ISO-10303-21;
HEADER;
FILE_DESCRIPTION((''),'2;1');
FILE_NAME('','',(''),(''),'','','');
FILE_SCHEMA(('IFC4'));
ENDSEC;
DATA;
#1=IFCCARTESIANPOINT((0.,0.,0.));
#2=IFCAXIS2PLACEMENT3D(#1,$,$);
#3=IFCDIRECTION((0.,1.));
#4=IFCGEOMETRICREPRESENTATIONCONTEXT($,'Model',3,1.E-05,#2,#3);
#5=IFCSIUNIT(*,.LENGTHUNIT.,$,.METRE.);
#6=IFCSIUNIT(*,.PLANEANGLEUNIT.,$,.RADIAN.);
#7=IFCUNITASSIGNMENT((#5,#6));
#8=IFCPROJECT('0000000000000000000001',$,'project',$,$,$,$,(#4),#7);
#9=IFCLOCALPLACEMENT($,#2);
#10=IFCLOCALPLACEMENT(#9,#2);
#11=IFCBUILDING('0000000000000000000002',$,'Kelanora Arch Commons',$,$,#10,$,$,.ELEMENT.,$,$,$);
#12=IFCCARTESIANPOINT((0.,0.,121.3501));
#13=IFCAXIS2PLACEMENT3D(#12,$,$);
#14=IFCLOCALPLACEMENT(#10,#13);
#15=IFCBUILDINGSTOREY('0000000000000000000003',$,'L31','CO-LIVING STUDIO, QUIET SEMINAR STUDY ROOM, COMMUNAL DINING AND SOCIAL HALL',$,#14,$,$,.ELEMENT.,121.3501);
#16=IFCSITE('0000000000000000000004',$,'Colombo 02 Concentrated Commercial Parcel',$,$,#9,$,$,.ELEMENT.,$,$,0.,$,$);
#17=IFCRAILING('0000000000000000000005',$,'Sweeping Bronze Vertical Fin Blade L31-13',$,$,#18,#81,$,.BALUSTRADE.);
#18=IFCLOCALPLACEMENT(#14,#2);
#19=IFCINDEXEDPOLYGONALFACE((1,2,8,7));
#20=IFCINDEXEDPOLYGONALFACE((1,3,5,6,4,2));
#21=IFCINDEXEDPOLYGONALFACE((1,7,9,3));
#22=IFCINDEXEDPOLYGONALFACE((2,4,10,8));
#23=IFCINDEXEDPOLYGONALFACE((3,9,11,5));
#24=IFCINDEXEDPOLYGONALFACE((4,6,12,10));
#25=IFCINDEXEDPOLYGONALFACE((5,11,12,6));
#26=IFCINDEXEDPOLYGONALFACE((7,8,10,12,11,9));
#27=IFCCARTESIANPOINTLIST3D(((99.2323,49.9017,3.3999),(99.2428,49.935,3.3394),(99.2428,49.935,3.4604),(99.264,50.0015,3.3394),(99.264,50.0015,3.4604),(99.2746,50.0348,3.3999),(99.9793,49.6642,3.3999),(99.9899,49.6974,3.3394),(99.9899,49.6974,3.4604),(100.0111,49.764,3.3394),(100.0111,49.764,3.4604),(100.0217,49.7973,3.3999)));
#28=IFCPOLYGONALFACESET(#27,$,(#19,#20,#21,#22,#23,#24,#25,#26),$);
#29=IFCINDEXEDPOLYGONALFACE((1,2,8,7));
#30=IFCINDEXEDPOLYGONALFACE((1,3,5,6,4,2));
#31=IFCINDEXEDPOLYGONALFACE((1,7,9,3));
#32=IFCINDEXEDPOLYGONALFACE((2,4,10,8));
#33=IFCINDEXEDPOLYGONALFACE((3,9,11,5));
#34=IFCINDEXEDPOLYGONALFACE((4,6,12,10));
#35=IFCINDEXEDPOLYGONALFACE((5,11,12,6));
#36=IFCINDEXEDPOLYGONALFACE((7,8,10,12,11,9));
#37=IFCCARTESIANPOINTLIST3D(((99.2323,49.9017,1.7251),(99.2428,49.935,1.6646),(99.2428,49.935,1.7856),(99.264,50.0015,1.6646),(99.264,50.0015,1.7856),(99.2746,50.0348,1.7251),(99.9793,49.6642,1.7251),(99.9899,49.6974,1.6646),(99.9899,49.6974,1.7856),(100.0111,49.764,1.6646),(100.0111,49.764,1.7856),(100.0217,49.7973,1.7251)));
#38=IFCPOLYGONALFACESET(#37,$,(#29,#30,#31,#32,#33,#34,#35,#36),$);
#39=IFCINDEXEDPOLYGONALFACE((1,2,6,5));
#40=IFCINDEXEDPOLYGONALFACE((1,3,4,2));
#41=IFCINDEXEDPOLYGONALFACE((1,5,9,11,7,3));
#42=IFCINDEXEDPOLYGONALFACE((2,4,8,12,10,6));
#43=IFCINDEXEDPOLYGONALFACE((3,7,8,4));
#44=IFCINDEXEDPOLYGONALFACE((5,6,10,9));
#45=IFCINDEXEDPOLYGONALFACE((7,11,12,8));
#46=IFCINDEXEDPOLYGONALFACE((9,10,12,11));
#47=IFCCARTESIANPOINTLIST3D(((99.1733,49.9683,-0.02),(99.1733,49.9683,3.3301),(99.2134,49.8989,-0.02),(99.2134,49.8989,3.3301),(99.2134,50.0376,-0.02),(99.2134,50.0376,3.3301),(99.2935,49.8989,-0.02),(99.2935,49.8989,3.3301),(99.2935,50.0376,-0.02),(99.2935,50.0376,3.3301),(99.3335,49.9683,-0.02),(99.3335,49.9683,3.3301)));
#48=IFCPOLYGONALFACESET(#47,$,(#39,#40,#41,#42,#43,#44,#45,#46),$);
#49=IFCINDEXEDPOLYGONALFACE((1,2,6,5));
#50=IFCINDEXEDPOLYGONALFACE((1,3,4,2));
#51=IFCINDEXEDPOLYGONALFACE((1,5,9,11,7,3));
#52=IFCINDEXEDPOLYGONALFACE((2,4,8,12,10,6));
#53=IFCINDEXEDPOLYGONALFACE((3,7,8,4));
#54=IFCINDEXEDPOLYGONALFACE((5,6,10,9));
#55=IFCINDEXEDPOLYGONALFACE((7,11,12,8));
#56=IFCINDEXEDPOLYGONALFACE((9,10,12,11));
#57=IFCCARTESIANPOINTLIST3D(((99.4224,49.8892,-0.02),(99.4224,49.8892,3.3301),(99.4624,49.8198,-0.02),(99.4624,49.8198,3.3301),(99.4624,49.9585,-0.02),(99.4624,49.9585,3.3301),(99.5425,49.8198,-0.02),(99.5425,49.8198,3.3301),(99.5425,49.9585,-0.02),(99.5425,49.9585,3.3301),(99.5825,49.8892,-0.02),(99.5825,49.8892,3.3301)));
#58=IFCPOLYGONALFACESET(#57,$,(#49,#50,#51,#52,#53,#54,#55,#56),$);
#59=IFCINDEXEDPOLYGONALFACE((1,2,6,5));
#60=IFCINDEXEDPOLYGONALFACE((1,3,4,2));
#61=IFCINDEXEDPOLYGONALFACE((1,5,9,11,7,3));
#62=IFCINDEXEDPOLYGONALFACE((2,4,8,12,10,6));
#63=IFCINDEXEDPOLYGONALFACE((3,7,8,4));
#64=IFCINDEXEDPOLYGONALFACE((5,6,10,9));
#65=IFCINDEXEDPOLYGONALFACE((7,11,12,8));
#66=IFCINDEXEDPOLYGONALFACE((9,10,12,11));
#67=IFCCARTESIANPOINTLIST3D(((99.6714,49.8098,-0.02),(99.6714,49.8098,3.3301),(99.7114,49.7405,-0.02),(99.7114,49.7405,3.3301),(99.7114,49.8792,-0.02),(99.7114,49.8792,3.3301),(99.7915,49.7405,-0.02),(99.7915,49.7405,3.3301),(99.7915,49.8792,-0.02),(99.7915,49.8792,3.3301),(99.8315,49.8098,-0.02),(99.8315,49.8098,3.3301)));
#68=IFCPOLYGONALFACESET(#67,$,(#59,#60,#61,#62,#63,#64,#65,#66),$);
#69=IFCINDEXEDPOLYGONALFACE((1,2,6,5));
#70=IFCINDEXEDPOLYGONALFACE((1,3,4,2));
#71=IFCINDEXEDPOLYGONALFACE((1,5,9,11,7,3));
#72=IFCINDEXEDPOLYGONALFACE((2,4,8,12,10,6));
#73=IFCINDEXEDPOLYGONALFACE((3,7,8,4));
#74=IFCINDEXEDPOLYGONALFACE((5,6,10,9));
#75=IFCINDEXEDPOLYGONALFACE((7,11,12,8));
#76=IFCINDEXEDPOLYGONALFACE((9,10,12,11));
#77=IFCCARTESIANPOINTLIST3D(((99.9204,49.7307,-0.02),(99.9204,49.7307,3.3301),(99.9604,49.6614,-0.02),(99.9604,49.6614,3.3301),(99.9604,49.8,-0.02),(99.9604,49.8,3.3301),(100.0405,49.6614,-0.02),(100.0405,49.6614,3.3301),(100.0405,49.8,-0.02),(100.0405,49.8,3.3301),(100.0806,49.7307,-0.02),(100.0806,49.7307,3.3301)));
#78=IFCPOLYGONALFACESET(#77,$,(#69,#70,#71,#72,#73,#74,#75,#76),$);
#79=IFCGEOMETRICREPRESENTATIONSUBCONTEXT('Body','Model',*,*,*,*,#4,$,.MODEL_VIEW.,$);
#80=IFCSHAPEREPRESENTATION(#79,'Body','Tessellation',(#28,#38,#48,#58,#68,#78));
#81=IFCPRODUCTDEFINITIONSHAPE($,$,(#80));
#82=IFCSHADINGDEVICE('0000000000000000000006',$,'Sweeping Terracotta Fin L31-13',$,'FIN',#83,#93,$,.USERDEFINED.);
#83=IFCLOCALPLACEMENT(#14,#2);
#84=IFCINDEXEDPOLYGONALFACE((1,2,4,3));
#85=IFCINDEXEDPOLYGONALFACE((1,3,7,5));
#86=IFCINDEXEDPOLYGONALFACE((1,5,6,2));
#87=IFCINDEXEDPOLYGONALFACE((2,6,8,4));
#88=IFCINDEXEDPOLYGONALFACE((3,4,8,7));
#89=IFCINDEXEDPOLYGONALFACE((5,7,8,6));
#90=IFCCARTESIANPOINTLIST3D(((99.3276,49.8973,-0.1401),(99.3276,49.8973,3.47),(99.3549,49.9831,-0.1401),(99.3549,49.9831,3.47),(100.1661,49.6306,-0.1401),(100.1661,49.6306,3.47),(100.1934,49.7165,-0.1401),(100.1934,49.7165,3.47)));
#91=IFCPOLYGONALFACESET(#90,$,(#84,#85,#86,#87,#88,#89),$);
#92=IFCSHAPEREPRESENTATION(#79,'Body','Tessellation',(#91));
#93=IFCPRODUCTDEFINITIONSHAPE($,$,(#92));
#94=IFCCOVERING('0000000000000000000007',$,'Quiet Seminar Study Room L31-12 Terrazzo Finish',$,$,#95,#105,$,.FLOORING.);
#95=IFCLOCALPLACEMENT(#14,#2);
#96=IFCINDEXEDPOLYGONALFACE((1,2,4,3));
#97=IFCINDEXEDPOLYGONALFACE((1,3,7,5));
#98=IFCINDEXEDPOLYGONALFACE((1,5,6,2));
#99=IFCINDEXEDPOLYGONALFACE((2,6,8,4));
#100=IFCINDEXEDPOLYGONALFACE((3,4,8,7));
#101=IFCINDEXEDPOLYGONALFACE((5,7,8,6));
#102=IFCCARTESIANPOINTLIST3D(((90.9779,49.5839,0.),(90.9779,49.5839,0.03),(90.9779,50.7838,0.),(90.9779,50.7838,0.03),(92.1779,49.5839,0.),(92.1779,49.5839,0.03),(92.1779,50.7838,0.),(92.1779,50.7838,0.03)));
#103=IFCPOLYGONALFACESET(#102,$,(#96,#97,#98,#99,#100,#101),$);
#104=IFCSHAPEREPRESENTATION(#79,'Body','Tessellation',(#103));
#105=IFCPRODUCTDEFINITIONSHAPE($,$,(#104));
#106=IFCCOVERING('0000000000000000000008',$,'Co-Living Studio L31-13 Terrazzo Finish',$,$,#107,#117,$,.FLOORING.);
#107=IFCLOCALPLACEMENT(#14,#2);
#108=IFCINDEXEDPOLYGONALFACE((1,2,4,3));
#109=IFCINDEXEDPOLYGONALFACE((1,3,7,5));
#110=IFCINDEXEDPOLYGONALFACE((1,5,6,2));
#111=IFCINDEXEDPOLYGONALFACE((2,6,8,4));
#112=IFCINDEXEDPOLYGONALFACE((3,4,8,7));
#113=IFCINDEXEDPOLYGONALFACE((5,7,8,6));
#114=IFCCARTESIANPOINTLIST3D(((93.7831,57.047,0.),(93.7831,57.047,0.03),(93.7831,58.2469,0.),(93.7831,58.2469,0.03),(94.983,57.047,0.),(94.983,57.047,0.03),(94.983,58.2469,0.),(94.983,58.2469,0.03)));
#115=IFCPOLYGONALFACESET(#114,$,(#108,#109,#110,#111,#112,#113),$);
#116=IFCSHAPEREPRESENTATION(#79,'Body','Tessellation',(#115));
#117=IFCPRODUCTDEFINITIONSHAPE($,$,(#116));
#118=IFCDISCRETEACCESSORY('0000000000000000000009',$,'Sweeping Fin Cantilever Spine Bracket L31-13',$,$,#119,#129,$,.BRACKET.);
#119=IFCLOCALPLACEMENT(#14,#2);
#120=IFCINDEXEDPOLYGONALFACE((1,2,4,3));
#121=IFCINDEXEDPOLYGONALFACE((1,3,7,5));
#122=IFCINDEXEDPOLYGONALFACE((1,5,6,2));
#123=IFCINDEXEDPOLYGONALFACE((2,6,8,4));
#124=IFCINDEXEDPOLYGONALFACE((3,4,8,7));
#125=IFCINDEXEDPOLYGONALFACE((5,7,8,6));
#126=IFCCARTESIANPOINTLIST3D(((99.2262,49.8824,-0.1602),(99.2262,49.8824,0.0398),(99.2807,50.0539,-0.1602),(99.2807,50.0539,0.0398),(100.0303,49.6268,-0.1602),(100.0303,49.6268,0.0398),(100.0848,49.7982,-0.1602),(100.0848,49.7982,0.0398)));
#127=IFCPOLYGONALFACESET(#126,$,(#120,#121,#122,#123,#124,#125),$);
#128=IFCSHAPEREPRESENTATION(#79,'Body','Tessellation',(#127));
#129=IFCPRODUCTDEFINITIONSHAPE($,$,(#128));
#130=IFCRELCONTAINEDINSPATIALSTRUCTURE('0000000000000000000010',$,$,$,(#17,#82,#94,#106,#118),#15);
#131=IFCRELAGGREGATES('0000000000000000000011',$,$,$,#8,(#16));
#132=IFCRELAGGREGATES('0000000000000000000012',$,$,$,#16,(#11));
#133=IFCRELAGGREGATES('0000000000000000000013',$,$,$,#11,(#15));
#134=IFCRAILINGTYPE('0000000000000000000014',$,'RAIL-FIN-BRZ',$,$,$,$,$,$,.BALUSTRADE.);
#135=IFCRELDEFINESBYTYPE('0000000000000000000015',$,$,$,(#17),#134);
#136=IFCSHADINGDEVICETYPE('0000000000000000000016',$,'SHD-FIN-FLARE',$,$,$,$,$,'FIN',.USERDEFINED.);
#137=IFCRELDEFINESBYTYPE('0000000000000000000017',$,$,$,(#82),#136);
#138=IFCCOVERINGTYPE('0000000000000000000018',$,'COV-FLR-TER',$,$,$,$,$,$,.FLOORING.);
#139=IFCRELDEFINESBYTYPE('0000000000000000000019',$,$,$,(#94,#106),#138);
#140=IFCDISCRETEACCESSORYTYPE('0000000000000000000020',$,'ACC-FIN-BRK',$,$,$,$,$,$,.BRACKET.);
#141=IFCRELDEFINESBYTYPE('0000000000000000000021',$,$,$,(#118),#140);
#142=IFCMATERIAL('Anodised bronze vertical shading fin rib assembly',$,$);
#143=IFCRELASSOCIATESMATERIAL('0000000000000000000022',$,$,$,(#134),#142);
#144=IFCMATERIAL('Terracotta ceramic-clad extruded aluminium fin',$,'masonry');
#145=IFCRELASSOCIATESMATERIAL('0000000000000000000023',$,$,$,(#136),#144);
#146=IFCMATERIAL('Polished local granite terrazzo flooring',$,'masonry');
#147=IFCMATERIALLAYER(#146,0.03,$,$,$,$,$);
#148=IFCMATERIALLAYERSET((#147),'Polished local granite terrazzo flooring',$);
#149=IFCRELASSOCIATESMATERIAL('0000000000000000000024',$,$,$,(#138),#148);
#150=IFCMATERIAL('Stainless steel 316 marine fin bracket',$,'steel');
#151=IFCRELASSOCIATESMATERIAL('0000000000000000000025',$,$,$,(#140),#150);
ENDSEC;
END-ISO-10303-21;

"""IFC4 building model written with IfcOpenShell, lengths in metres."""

from ifc_helpers import new_model, si_unit, direction, frame, origin, origin_2d, place, context, subcontext, project, spatial, polyline, rectangle, outline, extrude, source, transform, mapped, material, layer, layer_set, type_object, element, save


model = new_model("IFC4")

# Units and contexts
model_context = context("Model", 3, precision=1e-05, world=origin(), true_north=direction((0.0, 1.0)))
body_context = subcontext(model_context, "Body", "Model", "MODEL_VIEW")
ifc_project = project(units=[si_unit("LENGTHUNIT", "METRE"), si_unit("PLANEANGLEUNIT", "RADIAN")], contexts=[model_context])

# Site, building, storey
site_placement = place(None, origin())
site = spatial("IfcSite", under=ifc_project, at=site_placement, Name="Colombo 02 Concentrated Commercial Parcel", CompositionType="ELEMENT", RefElevation=0.0)
building_placement = place(site_placement, origin())
building = spatial("IfcBuilding", under=site, at=building_placement, Name="Kelanora Arch Commons", CompositionType="ELEMENT")
storey_placement = place(building_placement, frame((0.0, 0.0, 121.3501)))
storey = spatial("IfcBuildingStorey", under=building, at=storey_placement, Name="L31", Description="CO-LIVING STUDIO, QUIET SEMINAR STUDY ROOM, COMMUNAL DINING AND SOCIAL HALL", CompositionType="ELEMENT", Elevation=121.3501)

# Railing
ifc_material_1 = material(Name="Anodised bronze vertical shading fin rib assembly")
railing_type = type_object("IfcRailingType", Name="RAIL-FIN-BRZ", PredefinedType="BALUSTRADE", material=ifc_material_1)
railing_placement = place(storey_placement, frame((99.2534, 49.9683, -0.02)))
element("IfcRailing", 1, at=railing_placement, inside=storey, type_object=railing_type, Name="Sweeping Bronze Vertical Fin Blade L31-13", PredefinedType="BALUSTRADE", context=body_context, shape_type="SweptSolid", body=[
    extrude(outline(polyline([(0.0698, 0.0), (0.0349, 0.0605), (-0.0349, 0.0605), (-0.0698, 0.0), (-0.0349, -0.0605), (0.0349, -0.0605), (0.0698, 0.0)])), frame((0.0, 0.0, 3.4199), z_axis=(0.952983, -0.303024, 0.0), x_axis=(0.303024, 0.952983, 0.0)), (0.0, 0.0, 1.0), 0.7839),
    extrude(outline(polyline([(0.0698, 0.0), (0.0349, 0.0605), (-0.0349, 0.0605), (-0.0698, 0.0), (-0.0349, -0.0605), (0.0349, -0.0605), (0.0698, 0.0)])), frame((0.0, 0.0, 1.7451), z_axis=(0.952983, -0.303024, 0.0), x_axis=(0.303024, 0.952983, 0.0)), (0.0, 0.0, 1.0), 0.7839),
    extrude(outline(polyline([(0.0801, 0.0), (0.04, 0.0693), (-0.04, 0.0693), (-0.0801, 0.0), (-0.04, -0.0693), (0.04, -0.0693), (0.0801, 0.0)])), origin(), (0.0, 0.0, 1.0), 3.3501),
    extrude(outline(polyline([(0.0801, 0.0), (0.04, 0.0693), (-0.04, 0.0693), (-0.0801, 0.0), (-0.04, -0.0693), (0.04, -0.0693), (0.0801, 0.0)])), frame((0.249, -0.0791, 0.0)), (0.0, 0.0, 1.0), 3.3501),
    extrude(outline(polyline([(0.0801, 0.0), (0.04, 0.0693), (-0.04, 0.0693), (-0.0801, 0.0), (-0.04, -0.0693), (0.04, -0.0693), (0.0801, 0.0)])), frame((0.498, -0.1584, 0.0)), (0.0, 0.0, 1.0), 3.3501),
    extrude(outline(polyline([(0.0801, 0.0), (0.04, 0.0693), (-0.04, 0.0693), (-0.0801, 0.0), (-0.04, -0.0693), (0.04, -0.0693), (0.0801, 0.0)])), frame((0.7471, -0.2375, 0.0)), (0.0, 0.0, 1.0), 3.3501),
])

# Shading device
ifc_material_2 = material(Name="Terracotta ceramic-clad extruded aluminium fin", Category="masonry")
shading_device_type = type_object("IfcShadingDeviceType", Name="SHD-FIN-FLARE", ElementType="FIN", PredefinedType="USERDEFINED", material=ifc_material_2)
shared_shape_1 = source(origin(), body_context, "Body", "SweptSolid", [
    extrude(rectangle(XDim=0.8799, YDim=0.0901, at=origin_2d()), origin(), (0.0, 0.0, 1.0), 3.6101),
])
shading_device_placement = place(storey_placement, frame((99.7605, 49.8069, -0.1401), z_axis=(0.0, 0.0, 1.0), x_axis=(0.952979, -0.303035, 0.0)))
element("IfcShadingDevice", 2, at=shading_device_placement, inside=storey, type_object=shading_device_type, Name="Sweeping Terracotta Fin L31-13", ObjectType="FIN", PredefinedType="USERDEFINED", context=body_context, shape_type="MappedRepresentation", body=[
    mapped(shared_shape_1, transform((0.0, 0.0, 0.0), scale=1.0)),
])

# Coverings
ifc_material_3 = material(Name="Polished local granite terrazzo flooring", Category="masonry")
ifc_layer_1 = layer(ifc_material_3, 0.03)
ifc_layer_set_1 = layer_set([ifc_layer_1], Name="Polished local granite terrazzo flooring")
covering_type = type_object("IfcCoveringType", Name="COV-FLR-TER", PredefinedType="FLOORING", material=ifc_layer_set_1)
shared_shape_2 = source(origin(), body_context, "Body", "SweptSolid", [
    extrude(rectangle(XDim=1.2, YDim=1.2, at=origin_2d()), origin(), (0.0, 0.0, 1.0), 0.03),
])
for number, where, z_axis, x_axis, name in (
    (3, (91.5779, 50.1838, 0.0), (0.0, 0.0, 1.0), (1.0, 0.0, 0.0), "Quiet Seminar Study Room L31-12 Terrazzo Finish"),
    (4, (94.3831, 57.647, 0.0), (0.0, 0.0, 1.0), (1.0, 0.0, 0.0), "Co-Living Studio L31-13 Terrazzo Finish"),
):
    element("IfcCovering", number, at=place(storey_placement, frame(where, z_axis=z_axis, x_axis=x_axis)), inside=storey, type_object=covering_type, Name=name, PredefinedType="FLOORING", context=body_context, shape_type="MappedRepresentation", body=[
        mapped(shared_shape_2, transform((0.0, 0.0, 0.0), scale=1.0)),
    ])

# Discrete accessory
ifc_material_4 = material(Name="Stainless steel 316 marine fin bracket", Category="steel")
discrete_accessory_type = type_object("IfcDiscreteAccessoryType", Name="ACC-FIN-BRK", PredefinedType="BRACKET", material=ifc_material_4)
shared_shape_3 = source(origin(), body_context, "Body", "SweptSolid", [
    extrude(rectangle(XDim=0.8438, YDim=0.1799, at=origin_2d()), origin(), (0.0, 0.0, 1.0), 0.2),
])
discrete_accessory_placement = place(storey_placement, frame((99.6555, 49.8403, -0.1602), z_axis=(0.0, 0.0, 1.0), x_axis=(0.952979, -0.303035, 0.0)))
element("IfcDiscreteAccessory", 5, at=discrete_accessory_placement, inside=storey, type_object=discrete_accessory_type, Name="Sweeping Fin Cantilever Spine Bracket L31-13", PredefinedType="BRACKET", context=body_context, shape_type="MappedRepresentation", body=[
    mapped(shared_shape_3, transform((0.0, 0.0, 0.0), scale=1.0)),
])

save(model, "model.ifc")
